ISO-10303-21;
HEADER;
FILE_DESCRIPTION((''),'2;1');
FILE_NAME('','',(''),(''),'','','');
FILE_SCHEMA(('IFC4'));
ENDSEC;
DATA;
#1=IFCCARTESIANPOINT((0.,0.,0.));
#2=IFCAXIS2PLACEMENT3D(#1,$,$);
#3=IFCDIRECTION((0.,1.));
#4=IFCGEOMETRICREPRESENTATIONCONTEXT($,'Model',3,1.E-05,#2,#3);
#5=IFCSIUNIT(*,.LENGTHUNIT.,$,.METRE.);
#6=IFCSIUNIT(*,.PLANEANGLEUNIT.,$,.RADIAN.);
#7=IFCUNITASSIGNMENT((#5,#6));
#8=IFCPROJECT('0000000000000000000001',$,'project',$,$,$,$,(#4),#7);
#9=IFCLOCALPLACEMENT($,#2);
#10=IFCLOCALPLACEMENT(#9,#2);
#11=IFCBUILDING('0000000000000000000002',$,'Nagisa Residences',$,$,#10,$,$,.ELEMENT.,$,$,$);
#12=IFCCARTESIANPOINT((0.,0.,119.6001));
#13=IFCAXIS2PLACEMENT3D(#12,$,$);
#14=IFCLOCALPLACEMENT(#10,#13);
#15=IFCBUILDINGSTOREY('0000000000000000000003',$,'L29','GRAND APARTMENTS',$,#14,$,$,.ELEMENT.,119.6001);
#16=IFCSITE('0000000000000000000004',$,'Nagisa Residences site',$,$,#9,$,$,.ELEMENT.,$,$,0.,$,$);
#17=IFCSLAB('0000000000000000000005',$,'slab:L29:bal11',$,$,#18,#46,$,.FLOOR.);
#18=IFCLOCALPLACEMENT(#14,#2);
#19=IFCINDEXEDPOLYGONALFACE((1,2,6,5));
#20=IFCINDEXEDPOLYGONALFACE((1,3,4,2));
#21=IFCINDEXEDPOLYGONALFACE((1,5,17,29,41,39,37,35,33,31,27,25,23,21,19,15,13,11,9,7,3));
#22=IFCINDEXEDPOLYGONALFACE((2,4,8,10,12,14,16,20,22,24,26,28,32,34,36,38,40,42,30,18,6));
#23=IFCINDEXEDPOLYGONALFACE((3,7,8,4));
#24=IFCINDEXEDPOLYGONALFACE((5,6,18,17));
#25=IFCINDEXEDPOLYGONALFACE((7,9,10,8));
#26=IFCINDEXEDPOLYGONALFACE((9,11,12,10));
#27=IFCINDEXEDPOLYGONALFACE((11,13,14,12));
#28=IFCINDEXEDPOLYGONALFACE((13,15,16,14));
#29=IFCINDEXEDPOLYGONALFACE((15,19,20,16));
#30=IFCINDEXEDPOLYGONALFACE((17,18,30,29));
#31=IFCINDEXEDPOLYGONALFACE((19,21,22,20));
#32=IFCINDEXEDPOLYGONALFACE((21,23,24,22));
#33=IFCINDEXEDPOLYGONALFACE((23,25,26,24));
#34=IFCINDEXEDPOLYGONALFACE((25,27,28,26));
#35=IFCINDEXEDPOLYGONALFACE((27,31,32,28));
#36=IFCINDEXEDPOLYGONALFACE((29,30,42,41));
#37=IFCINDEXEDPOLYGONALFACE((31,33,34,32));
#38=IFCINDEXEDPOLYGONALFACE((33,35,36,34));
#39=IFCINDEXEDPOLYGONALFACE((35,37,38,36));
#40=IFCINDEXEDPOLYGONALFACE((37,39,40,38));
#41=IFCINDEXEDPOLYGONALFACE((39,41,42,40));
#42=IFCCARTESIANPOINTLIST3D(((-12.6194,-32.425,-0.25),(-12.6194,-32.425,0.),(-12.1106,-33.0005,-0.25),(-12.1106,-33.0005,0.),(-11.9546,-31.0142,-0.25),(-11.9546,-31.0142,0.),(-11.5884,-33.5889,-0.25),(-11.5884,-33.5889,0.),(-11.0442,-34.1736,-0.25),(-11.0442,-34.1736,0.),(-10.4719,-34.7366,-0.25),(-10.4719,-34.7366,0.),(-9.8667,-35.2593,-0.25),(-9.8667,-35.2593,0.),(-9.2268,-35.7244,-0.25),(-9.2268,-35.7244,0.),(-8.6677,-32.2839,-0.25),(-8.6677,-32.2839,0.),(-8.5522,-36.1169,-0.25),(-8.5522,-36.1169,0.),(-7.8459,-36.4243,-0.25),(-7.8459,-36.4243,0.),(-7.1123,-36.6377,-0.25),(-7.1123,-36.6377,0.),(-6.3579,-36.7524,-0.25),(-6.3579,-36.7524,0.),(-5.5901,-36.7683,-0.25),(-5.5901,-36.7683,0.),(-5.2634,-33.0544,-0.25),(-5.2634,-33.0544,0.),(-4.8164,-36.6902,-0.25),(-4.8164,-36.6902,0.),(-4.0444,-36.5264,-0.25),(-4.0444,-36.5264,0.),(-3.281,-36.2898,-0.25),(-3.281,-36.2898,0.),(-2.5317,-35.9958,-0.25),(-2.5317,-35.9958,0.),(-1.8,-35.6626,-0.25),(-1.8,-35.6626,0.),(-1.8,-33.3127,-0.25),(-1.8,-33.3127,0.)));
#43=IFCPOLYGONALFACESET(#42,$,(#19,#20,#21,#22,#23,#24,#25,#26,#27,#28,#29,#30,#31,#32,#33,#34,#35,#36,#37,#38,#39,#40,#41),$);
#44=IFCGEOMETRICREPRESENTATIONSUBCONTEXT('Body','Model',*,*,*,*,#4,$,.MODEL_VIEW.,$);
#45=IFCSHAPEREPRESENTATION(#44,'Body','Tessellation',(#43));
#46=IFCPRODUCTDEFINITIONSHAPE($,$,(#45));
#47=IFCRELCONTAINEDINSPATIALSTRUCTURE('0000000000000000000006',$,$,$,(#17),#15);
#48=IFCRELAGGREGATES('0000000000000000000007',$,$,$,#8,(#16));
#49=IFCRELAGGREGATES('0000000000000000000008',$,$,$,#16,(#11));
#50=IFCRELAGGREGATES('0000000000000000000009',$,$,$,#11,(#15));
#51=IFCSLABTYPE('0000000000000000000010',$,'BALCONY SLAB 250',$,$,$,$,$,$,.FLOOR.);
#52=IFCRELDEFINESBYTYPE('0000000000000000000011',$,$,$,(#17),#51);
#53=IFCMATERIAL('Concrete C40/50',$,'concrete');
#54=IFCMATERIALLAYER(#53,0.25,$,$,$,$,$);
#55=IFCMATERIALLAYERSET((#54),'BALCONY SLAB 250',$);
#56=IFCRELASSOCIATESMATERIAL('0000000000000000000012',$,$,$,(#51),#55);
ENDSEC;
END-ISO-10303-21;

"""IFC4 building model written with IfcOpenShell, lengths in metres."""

from ifc_helpers import new_model, si_unit, direction, frame, origin, place, context, subcontext, project, spatial, polyline, outline, extrude, material, layer, layer_set, type_object, element, save


model = new_model("IFC4")

# Units and contexts
model_context = context("Model", 3, precision=1e-05, world=origin(), true_north=direction((0.0, 1.0)))
body_context = subcontext(model_context, "Body", "Model", "MODEL_VIEW")
ifc_project = project(units=[si_unit("LENGTHUNIT", "METRE"), si_unit("PLANEANGLEUNIT", "RADIAN")], contexts=[model_context])

# Site, building, storey
site_placement = place(None, origin())
site = spatial("IfcSite", under=ifc_project, at=site_placement, Name="Nagisa Residences site", CompositionType="ELEMENT", RefElevation=0.0)
building_placement = place(site_placement, origin())
building = spatial("IfcBuilding", under=site, at=building_placement, Name="Nagisa Residences", CompositionType="ELEMENT")
storey_placement = place(building_placement, frame((0.0, 0.0, 119.6001)))
storey = spatial("IfcBuildingStorey", under=building, at=storey_placement, Name="L29", Description="GRAND APARTMENTS", CompositionType="ELEMENT", Elevation=119.6001)

# Slab
ifc_material_1 = material(Name="Concrete C40/50", Category="concrete")
ifc_layer_1 = layer(ifc_material_1, 0.25)
ifc_layer_set_1 = layer_set([ifc_layer_1], Name="BALCONY SLAB 250")
slab_type_1 = type_object("IfcSlabType", Name="BALCONY SLAB 250", PredefinedType="FLOOR", material=ifc_layer_set_1)
slab_1_placement = place(storey_placement, frame((0.0, 0.0, -0.25)))
element("IfcSlab", 1, at=slab_1_placement, inside=storey, type_object=slab_type_1, Name="slab:L29:bal11", PredefinedType="FLOOR", context=body_context, shape_type="SweptSolid", body=[
    extrude(outline(polyline([(-12.6194, -32.425), (-12.1106, -33.0005), (-11.5884, -33.5889), (-11.0442, -34.1736), (-10.4719, -34.7366), (-9.8667, -35.2593), (-9.2268, -35.7244), (-8.5522, -36.1169), (-7.8459, -36.4243), (-7.1123, -36.6377), (-6.3579, -36.7524), (-5.5901, -36.7683), (-4.8164, -36.6902), (-4.0444, -36.5264), (-3.281, -36.2898), (-2.5317, -35.9958), (-1.8, -35.6626), (-1.8, -33.3127), (-5.2634, -33.0544), (-8.6677, -32.2839), (-11.9546, -31.0142), (-12.6194, -32.425)])), origin(), (0.0, 0.0, 1.0), 0.25),
])

save(model, "model.ifc")
